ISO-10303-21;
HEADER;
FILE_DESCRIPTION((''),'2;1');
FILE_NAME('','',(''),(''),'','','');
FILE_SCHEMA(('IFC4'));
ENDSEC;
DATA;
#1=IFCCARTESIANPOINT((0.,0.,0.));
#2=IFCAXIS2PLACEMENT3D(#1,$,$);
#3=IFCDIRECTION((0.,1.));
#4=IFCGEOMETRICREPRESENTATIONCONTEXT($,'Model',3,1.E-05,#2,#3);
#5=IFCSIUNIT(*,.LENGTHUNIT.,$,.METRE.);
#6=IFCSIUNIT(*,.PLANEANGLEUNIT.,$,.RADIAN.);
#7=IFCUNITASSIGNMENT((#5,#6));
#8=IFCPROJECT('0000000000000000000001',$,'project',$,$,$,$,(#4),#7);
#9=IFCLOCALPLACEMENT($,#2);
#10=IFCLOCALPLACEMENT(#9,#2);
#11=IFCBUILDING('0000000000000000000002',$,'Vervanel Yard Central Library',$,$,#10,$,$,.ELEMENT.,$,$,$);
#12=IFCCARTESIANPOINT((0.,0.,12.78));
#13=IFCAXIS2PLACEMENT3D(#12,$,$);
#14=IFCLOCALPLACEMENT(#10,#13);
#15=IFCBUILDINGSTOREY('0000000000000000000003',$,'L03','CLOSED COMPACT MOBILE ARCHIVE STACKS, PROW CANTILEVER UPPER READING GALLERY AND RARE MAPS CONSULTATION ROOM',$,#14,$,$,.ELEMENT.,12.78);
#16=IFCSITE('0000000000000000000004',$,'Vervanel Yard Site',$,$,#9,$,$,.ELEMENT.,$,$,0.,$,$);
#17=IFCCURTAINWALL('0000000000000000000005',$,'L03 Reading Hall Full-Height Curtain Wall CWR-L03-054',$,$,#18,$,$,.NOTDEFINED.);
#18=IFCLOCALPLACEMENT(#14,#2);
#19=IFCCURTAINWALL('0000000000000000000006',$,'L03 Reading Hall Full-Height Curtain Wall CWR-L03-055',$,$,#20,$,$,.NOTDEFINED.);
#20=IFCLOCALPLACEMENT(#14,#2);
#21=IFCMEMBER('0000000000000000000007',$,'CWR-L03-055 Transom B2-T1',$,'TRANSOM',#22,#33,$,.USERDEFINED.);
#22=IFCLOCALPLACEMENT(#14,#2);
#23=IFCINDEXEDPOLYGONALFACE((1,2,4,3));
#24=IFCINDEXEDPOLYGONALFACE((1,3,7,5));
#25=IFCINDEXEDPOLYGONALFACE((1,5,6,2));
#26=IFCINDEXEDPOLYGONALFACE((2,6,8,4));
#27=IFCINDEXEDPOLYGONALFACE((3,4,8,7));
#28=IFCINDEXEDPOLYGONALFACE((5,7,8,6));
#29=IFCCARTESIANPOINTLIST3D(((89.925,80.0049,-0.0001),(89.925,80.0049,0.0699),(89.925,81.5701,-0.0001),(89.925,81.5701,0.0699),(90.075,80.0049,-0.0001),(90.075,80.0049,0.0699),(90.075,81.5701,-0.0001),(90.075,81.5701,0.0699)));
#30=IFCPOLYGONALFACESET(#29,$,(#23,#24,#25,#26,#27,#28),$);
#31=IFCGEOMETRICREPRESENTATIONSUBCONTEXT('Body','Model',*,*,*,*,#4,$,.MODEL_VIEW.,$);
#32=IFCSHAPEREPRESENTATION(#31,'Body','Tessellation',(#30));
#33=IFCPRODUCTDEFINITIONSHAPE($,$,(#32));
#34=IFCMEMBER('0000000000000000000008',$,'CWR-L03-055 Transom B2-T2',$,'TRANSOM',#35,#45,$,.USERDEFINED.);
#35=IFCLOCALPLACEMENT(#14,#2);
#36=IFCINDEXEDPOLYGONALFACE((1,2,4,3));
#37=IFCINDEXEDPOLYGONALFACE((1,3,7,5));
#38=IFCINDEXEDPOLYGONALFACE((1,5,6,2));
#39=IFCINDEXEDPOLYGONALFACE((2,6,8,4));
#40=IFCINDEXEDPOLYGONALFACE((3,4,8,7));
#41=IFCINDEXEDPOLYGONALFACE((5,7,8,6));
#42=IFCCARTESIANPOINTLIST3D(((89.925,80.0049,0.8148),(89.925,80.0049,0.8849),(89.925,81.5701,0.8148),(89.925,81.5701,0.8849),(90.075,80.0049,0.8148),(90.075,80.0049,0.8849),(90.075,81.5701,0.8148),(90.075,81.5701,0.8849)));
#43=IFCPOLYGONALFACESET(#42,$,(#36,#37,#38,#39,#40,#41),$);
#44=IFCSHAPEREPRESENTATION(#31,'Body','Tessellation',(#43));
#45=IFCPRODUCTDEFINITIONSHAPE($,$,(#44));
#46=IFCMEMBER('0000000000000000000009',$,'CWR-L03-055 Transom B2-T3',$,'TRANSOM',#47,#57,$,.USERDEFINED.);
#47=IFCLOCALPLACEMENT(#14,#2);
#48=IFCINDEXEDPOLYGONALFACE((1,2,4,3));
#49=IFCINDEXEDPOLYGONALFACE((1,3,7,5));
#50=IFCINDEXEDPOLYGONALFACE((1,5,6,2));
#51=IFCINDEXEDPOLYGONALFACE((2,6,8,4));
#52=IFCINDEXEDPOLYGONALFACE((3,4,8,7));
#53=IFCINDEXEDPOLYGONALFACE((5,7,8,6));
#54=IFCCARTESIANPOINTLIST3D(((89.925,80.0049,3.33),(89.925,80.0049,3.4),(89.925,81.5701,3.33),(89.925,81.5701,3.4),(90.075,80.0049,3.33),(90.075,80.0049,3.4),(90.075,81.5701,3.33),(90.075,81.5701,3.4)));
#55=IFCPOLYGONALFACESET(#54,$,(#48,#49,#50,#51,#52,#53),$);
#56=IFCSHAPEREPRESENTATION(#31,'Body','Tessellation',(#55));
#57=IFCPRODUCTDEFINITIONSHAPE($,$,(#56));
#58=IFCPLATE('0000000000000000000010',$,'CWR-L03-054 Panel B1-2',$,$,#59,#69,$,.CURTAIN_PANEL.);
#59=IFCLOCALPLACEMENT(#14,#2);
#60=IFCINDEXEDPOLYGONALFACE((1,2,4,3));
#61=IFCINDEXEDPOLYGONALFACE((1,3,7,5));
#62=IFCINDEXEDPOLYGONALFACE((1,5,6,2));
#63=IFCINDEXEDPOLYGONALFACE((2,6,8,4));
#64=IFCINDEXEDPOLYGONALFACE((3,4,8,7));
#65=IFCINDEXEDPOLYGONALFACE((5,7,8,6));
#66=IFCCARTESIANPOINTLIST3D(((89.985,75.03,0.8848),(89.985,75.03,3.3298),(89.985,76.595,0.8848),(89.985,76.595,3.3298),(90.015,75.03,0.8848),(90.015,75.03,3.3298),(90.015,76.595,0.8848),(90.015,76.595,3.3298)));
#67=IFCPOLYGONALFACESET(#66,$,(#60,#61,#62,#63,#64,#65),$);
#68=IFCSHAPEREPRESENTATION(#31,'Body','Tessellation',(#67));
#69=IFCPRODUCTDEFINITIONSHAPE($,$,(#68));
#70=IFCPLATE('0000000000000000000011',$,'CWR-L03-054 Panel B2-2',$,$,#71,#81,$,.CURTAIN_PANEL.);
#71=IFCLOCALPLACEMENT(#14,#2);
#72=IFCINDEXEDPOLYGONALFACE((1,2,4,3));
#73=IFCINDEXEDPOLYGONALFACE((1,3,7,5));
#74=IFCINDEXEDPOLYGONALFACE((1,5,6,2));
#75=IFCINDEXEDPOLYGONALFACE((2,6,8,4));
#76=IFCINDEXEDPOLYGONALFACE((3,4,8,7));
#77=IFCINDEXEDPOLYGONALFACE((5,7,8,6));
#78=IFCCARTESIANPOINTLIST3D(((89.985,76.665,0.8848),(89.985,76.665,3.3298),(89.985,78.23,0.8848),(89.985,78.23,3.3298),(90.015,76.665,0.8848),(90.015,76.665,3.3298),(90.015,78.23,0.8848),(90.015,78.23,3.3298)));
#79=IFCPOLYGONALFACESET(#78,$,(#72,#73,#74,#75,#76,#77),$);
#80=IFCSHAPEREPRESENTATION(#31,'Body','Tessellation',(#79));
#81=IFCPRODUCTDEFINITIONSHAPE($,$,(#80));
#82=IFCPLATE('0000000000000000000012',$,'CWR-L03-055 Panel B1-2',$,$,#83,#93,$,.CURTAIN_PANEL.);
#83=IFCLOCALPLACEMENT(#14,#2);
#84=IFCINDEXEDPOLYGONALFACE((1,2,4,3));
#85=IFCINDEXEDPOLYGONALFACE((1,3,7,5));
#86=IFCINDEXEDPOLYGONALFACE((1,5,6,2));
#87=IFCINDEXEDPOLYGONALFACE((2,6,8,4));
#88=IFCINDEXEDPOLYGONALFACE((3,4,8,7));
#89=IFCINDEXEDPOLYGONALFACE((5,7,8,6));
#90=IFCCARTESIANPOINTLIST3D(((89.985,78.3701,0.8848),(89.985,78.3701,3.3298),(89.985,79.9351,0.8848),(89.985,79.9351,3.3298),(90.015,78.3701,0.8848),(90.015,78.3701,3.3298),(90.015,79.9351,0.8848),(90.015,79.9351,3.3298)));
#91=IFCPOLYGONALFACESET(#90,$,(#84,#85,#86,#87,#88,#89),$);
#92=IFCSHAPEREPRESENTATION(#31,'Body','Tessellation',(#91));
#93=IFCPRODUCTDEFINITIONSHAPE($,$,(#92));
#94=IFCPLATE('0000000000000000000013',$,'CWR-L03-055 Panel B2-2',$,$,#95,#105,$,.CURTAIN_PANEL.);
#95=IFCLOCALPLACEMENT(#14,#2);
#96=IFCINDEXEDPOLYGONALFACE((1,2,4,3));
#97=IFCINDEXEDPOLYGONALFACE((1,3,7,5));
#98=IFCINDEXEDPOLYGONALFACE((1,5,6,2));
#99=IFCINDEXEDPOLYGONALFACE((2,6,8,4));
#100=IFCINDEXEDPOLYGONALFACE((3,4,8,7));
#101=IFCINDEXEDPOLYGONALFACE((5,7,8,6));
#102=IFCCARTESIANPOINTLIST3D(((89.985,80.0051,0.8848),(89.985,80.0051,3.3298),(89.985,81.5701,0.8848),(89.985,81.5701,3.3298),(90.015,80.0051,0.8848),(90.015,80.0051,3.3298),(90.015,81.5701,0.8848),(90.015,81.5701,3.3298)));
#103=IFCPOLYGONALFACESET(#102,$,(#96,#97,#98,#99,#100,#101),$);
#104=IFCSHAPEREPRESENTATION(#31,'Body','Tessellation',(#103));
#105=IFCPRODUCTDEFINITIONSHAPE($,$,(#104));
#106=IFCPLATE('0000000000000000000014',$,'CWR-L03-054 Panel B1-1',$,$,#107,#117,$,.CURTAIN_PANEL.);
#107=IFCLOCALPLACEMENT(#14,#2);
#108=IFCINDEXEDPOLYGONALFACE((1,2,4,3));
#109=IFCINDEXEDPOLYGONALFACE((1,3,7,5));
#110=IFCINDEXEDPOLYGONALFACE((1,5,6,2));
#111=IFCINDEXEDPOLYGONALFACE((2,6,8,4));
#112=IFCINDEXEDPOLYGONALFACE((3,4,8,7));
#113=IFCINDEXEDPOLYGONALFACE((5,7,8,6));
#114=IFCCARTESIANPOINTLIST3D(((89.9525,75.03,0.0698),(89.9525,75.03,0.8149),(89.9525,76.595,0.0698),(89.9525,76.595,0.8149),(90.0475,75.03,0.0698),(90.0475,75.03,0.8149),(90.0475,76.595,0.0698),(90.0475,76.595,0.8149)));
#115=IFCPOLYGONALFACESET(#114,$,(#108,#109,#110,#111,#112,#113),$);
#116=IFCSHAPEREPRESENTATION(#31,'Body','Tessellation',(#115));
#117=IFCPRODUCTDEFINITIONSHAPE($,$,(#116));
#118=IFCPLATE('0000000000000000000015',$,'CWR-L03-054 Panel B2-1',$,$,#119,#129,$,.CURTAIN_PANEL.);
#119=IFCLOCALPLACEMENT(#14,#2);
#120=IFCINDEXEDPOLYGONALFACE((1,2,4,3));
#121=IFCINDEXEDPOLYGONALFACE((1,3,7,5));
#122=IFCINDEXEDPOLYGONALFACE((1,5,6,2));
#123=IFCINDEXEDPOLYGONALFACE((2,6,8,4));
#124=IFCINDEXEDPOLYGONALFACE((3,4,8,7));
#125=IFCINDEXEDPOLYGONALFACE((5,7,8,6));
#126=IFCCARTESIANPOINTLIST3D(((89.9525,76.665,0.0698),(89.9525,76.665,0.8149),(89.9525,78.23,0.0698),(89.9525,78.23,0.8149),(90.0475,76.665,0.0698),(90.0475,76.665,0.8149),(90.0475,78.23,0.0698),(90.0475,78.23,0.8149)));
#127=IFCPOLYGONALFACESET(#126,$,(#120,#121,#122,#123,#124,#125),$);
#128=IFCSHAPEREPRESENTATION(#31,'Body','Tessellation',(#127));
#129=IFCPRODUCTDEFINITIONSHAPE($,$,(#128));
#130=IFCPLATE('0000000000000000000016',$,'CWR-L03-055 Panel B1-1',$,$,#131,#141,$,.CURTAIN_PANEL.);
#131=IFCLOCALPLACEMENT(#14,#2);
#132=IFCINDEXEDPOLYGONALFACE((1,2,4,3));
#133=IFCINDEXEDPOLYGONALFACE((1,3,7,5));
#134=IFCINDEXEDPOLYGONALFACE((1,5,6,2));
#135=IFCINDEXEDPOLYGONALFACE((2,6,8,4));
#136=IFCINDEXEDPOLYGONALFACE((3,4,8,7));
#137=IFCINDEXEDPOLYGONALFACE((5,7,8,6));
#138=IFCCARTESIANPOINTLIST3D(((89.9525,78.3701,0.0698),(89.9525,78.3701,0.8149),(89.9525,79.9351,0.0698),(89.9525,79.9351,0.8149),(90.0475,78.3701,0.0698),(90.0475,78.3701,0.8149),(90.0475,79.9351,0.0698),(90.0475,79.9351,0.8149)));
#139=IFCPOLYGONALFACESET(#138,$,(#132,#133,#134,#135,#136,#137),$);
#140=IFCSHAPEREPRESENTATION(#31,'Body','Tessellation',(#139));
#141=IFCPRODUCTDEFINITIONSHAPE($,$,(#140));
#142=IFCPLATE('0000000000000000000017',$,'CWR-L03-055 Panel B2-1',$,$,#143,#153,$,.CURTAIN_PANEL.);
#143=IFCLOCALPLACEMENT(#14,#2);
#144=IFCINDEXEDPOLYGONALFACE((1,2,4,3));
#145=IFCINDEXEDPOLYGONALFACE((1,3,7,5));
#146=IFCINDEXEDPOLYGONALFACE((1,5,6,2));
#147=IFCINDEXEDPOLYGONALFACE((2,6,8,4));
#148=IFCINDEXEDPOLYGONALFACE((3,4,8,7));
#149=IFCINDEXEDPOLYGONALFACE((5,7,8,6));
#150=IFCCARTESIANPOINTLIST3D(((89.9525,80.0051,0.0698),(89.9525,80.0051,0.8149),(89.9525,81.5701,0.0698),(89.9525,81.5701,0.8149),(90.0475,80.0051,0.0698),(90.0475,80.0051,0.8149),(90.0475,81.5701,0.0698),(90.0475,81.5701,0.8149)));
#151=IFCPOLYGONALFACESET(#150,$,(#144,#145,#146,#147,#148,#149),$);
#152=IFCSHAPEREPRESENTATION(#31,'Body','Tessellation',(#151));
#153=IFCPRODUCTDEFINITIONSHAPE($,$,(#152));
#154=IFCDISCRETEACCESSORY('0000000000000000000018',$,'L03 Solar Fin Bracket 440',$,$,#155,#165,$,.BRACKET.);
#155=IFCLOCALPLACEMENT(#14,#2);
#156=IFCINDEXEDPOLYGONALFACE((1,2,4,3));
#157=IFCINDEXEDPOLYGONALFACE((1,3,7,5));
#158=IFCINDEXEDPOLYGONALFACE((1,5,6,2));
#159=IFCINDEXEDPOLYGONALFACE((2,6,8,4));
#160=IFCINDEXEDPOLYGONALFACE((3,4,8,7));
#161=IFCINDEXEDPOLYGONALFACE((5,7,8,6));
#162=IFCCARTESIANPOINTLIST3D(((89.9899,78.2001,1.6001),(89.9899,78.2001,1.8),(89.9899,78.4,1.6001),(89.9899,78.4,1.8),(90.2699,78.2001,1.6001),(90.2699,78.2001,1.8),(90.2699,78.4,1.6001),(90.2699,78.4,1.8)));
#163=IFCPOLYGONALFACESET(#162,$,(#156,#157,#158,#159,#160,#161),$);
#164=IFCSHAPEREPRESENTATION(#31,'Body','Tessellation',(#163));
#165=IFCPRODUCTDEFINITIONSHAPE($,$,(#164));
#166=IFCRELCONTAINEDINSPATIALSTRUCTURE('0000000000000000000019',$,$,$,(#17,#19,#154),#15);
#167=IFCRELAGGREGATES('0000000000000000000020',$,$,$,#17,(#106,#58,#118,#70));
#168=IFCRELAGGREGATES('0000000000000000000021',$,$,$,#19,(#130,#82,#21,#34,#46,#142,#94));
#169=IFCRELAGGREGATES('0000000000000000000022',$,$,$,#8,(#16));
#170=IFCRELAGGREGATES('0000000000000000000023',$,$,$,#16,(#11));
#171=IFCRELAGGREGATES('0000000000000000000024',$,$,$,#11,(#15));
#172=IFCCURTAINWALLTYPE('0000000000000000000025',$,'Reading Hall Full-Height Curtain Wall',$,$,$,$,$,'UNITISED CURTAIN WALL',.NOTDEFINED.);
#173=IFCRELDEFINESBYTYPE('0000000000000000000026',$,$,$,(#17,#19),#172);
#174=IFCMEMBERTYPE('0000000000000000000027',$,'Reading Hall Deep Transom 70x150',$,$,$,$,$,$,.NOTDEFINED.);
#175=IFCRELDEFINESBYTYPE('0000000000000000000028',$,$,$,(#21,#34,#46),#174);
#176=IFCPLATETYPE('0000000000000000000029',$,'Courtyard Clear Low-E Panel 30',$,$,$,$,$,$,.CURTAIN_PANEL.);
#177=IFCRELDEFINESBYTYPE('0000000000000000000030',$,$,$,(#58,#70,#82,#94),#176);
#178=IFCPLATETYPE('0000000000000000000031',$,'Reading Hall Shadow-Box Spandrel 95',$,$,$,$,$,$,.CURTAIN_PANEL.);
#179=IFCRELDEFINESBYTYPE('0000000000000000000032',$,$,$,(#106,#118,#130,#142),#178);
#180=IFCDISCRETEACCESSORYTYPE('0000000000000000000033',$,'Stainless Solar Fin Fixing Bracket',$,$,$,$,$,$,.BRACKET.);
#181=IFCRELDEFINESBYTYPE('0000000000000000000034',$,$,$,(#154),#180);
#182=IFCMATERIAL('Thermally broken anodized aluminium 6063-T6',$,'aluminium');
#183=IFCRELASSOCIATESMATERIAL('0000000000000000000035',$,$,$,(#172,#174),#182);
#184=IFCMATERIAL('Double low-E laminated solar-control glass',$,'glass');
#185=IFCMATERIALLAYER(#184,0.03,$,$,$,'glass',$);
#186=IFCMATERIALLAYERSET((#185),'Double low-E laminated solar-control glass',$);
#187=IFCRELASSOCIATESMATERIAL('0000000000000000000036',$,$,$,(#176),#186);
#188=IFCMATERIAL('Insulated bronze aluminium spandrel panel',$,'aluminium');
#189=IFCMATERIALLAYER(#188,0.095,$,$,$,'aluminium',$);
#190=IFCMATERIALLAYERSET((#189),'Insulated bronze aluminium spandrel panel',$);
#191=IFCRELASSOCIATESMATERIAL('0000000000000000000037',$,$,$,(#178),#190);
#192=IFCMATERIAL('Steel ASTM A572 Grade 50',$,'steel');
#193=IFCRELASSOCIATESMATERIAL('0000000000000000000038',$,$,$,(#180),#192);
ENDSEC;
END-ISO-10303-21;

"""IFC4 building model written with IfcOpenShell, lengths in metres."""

from ifc_helpers import new_model, si_unit, direction, frame, origin, origin_2d, place, context, subcontext, project, spatial, rectangle, extrude, material, layer, layer_set, material_profile, profile_set, type_object, element, aggregate, save


model = new_model("IFC4")

# Units and contexts
model_context = context("Model", 3, precision=1e-05, world=origin(), true_north=direction((0.0, 1.0)))
body_context = subcontext(model_context, "Body", "Model", "MODEL_VIEW")
ifc_project = project(units=[si_unit("LENGTHUNIT", "METRE"), si_unit("PLANEANGLEUNIT", "RADIAN")], contexts=[model_context])

# Site, building, storey
site_placement = place(None, origin())
site = spatial("IfcSite", under=ifc_project, at=site_placement, Name="Vervanel Yard Site", CompositionType="ELEMENT", RefElevation=0.0)
building_placement = place(site_placement, origin())
building = spatial("IfcBuilding", under=site, at=building_placement, Name="Vervanel Yard Central Library", CompositionType="ELEMENT")
storey_placement = place(building_placement, frame((0.0, 0.0, 12.78)))
storey = spatial("IfcBuildingStorey", under=building, at=storey_placement, Name="L03", Description="CLOSED COMPACT MOBILE ARCHIVE STACKS, PROW CANTILEVER UPPER READING GALLERY AND RARE MAPS CONSULTATION ROOM", CompositionType="ELEMENT", Elevation=12.78)

# Curtain walls
ifc_material_1 = material(Name="Thermally broken anodized aluminium 6063-T6", Category="aluminium")
curtain_wall_type = type_object("IfcCurtainWallType", Name="Reading Hall Full-Height Curtain Wall", ElementType="UNITISED CURTAIN WALL", PredefinedType="NOTDEFINED", material=ifc_material_1)
curtain_wall_1_placement = place(storey_placement, origin())
curtain_wall_1 = element("IfcCurtainWall", 1, at=curtain_wall_1_placement, inside=storey, type_object=curtain_wall_type, Name="L03 Reading Hall Full-Height Curtain Wall CWR-L03-054", PredefinedType="NOTDEFINED")
curtain_wall_2_placement = place(storey_placement, origin())
curtain_wall_2 = element("IfcCurtainWall", 2, at=curtain_wall_2_placement, inside=storey, type_object=curtain_wall_type, Name="L03 Reading Hall Full-Height Curtain Wall CWR-L03-055", PredefinedType="NOTDEFINED")

# Members
ifc_material_profile_1 = material_profile(ifc_material_1, rectangle(XDim=0.0701, YDim=0.1499, at=origin_2d()), Name="ALU 70x150", Category="aluminium")
ifc_profile_set_1 = profile_set([ifc_material_profile_1], Name="Thermally broken anodized aluminium 6063-T6")
member_type_1 = type_object("IfcMemberType", Name="Reading Hall Deep Transom 70x150", PredefinedType="NOTDEFINED", material=ifc_profile_set_1)
member_1_placement = place(storey_placement, frame((90.0, 80.0049, 0.0349), z_axis=(0.0, 1.0, 0.0), x_axis=(0.0, 0.0, 1.0)))
member_1 = element("IfcMember", 3, at=member_1_placement, type_object=member_type_1, Name="CWR-L03-055 Transom B2-T1", ObjectType="TRANSOM", PredefinedType="USERDEFINED", context=body_context, shape_type="SweptSolid", body=[
    extrude(rectangle(XDim=0.0701, YDim=0.1499, at=origin_2d()), origin(), (0.0, 0.0, 1.0), 1.5652),
])
member_2_placement = place(storey_placement, frame((90.0, 80.0049, 0.8499), z_axis=(0.0, 1.0, 0.0), x_axis=(0.0, 0.0, 1.0)))
member_2 = element("IfcMember", 4, at=member_2_placement, type_object=member_type_1, Name="CWR-L03-055 Transom B2-T2", ObjectType="TRANSOM", PredefinedType="USERDEFINED", context=body_context, shape_type="SweptSolid", body=[
    extrude(rectangle(XDim=0.0701, YDim=0.1499, at=origin_2d()), origin(), (0.0, 0.0, 1.0), 1.5652),
])
member_3_placement = place(storey_placement, frame((90.0, 80.0049, 3.365), z_axis=(0.0, 1.0, 0.0), x_axis=(0.0, 0.0, 1.0)))
member_3 = element("IfcMember", 5, at=member_3_placement, type_object=member_type_1, Name="CWR-L03-055 Transom B2-T3", ObjectType="TRANSOM", PredefinedType="USERDEFINED", context=body_context, shape_type="SweptSolid", body=[
    extrude(rectangle(XDim=0.0701, YDim=0.1499, at=origin_2d()), origin(), (0.0, 0.0, 1.0), 1.5652),
])

# Plates
ifc_material_2 = material(Name="Double low-E laminated solar-control glass", Category="glass")
ifc_layer_1 = layer(ifc_material_2, 0.03, Category="glass")
ifc_layer_set_1 = layer_set([ifc_layer_1], Name="Double low-E laminated solar-control glass")
plate_type_1 = type_object("IfcPlateType", Name="Courtyard Clear Low-E Panel 30", PredefinedType="CURTAIN_PANEL", material=ifc_layer_set_1)
plate_1_placement = place(storey_placement, frame((90.0, 75.8125, 0.8848), z_axis=(0.0, 0.0, 1.0), x_axis=(0.0, 1.0, 0.0)))
plate_1 = element("IfcPlate", 6, at=plate_1_placement, type_object=plate_type_1, Name="CWR-L03-054 Panel B1-2", PredefinedType="CURTAIN_PANEL", context=body_context, shape_type="SweptSolid", body=[
    extrude(rectangle(XDim=1.5649, YDim=0.03, at=origin_2d()), origin(), (0.0, 0.0, 1.0), 2.4451),
])
plate_2_placement = place(storey_placement, frame((90.0, 77.4475, 0.8848), z_axis=(0.0, 0.0, 1.0), x_axis=(0.0, 1.0, 0.0)))
plate_2 = element("IfcPlate", 7, at=plate_2_placement, type_object=plate_type_1, Name="CWR-L03-054 Panel B2-2", PredefinedType="CURTAIN_PANEL", context=body_context, shape_type="SweptSolid", body=[
    extrude(rectangle(XDim=1.5649, YDim=0.03, at=origin_2d()), origin(), (0.0, 0.0, 1.0), 2.4451),
])
plate_3_placement = place(storey_placement, frame((90.0, 79.1526, 0.8848), z_axis=(0.0, 0.0, 1.0), x_axis=(0.0, 1.0, 0.0)))
plate_3 = element("IfcPlate", 8, at=plate_3_placement, type_object=plate_type_1, Name="CWR-L03-055 Panel B1-2", PredefinedType="CURTAIN_PANEL", context=body_context, shape_type="SweptSolid", body=[
    extrude(rectangle(XDim=1.5649, YDim=0.03, at=origin_2d()), origin(), (0.0, 0.0, 1.0), 2.4451),
])
plate_4_placement = place(storey_placement, frame((90.0, 80.7876, 0.8848), z_axis=(0.0, 0.0, 1.0), x_axis=(0.0, 1.0, 0.0)))
plate_4 = element("IfcPlate", 9, at=plate_4_placement, type_object=plate_type_1, Name="CWR-L03-055 Panel B2-2", PredefinedType="CURTAIN_PANEL", context=body_context, shape_type="SweptSolid", body=[
    extrude(rectangle(XDim=1.5649, YDim=0.03, at=origin_2d()), origin(), (0.0, 0.0, 1.0), 2.4451),
])
ifc_material_3 = material(Name="Insulated bronze aluminium spandrel panel", Category="aluminium")
ifc_layer_2 = layer(ifc_material_3, 0.095, Category="aluminium")
ifc_layer_set_2 = layer_set([ifc_layer_2], Name="Insulated bronze aluminium spandrel panel")
plate_type_2 = type_object("IfcPlateType", Name="Reading Hall Shadow-Box Spandrel 95", PredefinedType="CURTAIN_PANEL", material=ifc_layer_set_2)
plate_5_placement = place(storey_placement, frame((90.0, 75.8125, 0.0698), z_axis=(0.0, 0.0, 1.0), x_axis=(0.0, 1.0, 0.0)))
plate_5 = element("IfcPlate", 10, at=plate_5_placement, type_object=plate_type_2, Name="CWR-L03-054 Panel B1-1", PredefinedType="CURTAIN_PANEL", context=body_context, shape_type="SweptSolid", body=[
    extrude(rectangle(XDim=1.5649, YDim=0.095, at=origin_2d()), origin(), (0.0, 0.0, 1.0), 0.7451),
])
plate_6_placement = place(storey_placement, frame((90.0, 77.4475, 0.0698), z_axis=(0.0, 0.0, 1.0), x_axis=(0.0, 1.0, 0.0)))
plate_6 = element("IfcPlate", 11, at=plate_6_placement, type_object=plate_type_2, Name="CWR-L03-054 Panel B2-1", PredefinedType="CURTAIN_PANEL", context=body_context, shape_type="SweptSolid", body=[
    extrude(rectangle(XDim=1.5649, YDim=0.095, at=origin_2d()), origin(), (0.0, 0.0, 1.0), 0.7451),
])
aggregate(curtain_wall_1, [plate_5, plate_1, plate_6, plate_2])
plate_7_placement = place(storey_placement, frame((90.0, 79.1526, 0.0698), z_axis=(0.0, 0.0, 1.0), x_axis=(0.0, 1.0, 0.0)))
plate_7 = element("IfcPlate", 12, at=plate_7_placement, type_object=plate_type_2, Name="CWR-L03-055 Panel B1-1", PredefinedType="CURTAIN_PANEL", context=body_context, shape_type="SweptSolid", body=[
    extrude(rectangle(XDim=1.5649, YDim=0.095, at=origin_2d()), origin(), (0.0, 0.0, 1.0), 0.7451),
])
plate_8_placement = place(storey_placement, frame((90.0, 80.7876, 0.0698), z_axis=(0.0, 0.0, 1.0), x_axis=(0.0, 1.0, 0.0)))
plate_8 = element("IfcPlate", 13, at=plate_8_placement, type_object=plate_type_2, Name="CWR-L03-055 Panel B2-1", PredefinedType="CURTAIN_PANEL", context=body_context, shape_type="SweptSolid", body=[
    extrude(rectangle(XDim=1.5649, YDim=0.095, at=origin_2d()), origin(), (0.0, 0.0, 1.0), 0.7451),
])
aggregate(curtain_wall_2, [plate_7, plate_3, member_1, member_2, member_3, plate_8, plate_4])

# Discrete accessory
ifc_material_4 = material(Name="Steel ASTM A572 Grade 50", Category="steel")
discrete_accessory_type = type_object("IfcDiscreteAccessoryType", Name="Stainless Solar Fin Fixing Bracket", PredefinedType="BRACKET", material=ifc_material_4)
discrete_accessory_placement = place(storey_placement, frame((90.1299, 78.3, 1.6001), z_axis=(0.0, 0.0, 1.0), x_axis=(0.0, 1.0, 0.0)))
element("IfcDiscreteAccessory", 14, at=discrete_accessory_placement, inside=storey, type_object=discrete_accessory_type, Name="L03 Solar Fin Bracket 440", PredefinedType="BRACKET", context=body_context, shape_type="SweptSolid", body=[
    extrude(rectangle(XDim=0.2, YDim=0.28, at=origin_2d()), origin(), (0.0, 0.0, 1.0), 0.2),
])

save(model, "model.ifc")
